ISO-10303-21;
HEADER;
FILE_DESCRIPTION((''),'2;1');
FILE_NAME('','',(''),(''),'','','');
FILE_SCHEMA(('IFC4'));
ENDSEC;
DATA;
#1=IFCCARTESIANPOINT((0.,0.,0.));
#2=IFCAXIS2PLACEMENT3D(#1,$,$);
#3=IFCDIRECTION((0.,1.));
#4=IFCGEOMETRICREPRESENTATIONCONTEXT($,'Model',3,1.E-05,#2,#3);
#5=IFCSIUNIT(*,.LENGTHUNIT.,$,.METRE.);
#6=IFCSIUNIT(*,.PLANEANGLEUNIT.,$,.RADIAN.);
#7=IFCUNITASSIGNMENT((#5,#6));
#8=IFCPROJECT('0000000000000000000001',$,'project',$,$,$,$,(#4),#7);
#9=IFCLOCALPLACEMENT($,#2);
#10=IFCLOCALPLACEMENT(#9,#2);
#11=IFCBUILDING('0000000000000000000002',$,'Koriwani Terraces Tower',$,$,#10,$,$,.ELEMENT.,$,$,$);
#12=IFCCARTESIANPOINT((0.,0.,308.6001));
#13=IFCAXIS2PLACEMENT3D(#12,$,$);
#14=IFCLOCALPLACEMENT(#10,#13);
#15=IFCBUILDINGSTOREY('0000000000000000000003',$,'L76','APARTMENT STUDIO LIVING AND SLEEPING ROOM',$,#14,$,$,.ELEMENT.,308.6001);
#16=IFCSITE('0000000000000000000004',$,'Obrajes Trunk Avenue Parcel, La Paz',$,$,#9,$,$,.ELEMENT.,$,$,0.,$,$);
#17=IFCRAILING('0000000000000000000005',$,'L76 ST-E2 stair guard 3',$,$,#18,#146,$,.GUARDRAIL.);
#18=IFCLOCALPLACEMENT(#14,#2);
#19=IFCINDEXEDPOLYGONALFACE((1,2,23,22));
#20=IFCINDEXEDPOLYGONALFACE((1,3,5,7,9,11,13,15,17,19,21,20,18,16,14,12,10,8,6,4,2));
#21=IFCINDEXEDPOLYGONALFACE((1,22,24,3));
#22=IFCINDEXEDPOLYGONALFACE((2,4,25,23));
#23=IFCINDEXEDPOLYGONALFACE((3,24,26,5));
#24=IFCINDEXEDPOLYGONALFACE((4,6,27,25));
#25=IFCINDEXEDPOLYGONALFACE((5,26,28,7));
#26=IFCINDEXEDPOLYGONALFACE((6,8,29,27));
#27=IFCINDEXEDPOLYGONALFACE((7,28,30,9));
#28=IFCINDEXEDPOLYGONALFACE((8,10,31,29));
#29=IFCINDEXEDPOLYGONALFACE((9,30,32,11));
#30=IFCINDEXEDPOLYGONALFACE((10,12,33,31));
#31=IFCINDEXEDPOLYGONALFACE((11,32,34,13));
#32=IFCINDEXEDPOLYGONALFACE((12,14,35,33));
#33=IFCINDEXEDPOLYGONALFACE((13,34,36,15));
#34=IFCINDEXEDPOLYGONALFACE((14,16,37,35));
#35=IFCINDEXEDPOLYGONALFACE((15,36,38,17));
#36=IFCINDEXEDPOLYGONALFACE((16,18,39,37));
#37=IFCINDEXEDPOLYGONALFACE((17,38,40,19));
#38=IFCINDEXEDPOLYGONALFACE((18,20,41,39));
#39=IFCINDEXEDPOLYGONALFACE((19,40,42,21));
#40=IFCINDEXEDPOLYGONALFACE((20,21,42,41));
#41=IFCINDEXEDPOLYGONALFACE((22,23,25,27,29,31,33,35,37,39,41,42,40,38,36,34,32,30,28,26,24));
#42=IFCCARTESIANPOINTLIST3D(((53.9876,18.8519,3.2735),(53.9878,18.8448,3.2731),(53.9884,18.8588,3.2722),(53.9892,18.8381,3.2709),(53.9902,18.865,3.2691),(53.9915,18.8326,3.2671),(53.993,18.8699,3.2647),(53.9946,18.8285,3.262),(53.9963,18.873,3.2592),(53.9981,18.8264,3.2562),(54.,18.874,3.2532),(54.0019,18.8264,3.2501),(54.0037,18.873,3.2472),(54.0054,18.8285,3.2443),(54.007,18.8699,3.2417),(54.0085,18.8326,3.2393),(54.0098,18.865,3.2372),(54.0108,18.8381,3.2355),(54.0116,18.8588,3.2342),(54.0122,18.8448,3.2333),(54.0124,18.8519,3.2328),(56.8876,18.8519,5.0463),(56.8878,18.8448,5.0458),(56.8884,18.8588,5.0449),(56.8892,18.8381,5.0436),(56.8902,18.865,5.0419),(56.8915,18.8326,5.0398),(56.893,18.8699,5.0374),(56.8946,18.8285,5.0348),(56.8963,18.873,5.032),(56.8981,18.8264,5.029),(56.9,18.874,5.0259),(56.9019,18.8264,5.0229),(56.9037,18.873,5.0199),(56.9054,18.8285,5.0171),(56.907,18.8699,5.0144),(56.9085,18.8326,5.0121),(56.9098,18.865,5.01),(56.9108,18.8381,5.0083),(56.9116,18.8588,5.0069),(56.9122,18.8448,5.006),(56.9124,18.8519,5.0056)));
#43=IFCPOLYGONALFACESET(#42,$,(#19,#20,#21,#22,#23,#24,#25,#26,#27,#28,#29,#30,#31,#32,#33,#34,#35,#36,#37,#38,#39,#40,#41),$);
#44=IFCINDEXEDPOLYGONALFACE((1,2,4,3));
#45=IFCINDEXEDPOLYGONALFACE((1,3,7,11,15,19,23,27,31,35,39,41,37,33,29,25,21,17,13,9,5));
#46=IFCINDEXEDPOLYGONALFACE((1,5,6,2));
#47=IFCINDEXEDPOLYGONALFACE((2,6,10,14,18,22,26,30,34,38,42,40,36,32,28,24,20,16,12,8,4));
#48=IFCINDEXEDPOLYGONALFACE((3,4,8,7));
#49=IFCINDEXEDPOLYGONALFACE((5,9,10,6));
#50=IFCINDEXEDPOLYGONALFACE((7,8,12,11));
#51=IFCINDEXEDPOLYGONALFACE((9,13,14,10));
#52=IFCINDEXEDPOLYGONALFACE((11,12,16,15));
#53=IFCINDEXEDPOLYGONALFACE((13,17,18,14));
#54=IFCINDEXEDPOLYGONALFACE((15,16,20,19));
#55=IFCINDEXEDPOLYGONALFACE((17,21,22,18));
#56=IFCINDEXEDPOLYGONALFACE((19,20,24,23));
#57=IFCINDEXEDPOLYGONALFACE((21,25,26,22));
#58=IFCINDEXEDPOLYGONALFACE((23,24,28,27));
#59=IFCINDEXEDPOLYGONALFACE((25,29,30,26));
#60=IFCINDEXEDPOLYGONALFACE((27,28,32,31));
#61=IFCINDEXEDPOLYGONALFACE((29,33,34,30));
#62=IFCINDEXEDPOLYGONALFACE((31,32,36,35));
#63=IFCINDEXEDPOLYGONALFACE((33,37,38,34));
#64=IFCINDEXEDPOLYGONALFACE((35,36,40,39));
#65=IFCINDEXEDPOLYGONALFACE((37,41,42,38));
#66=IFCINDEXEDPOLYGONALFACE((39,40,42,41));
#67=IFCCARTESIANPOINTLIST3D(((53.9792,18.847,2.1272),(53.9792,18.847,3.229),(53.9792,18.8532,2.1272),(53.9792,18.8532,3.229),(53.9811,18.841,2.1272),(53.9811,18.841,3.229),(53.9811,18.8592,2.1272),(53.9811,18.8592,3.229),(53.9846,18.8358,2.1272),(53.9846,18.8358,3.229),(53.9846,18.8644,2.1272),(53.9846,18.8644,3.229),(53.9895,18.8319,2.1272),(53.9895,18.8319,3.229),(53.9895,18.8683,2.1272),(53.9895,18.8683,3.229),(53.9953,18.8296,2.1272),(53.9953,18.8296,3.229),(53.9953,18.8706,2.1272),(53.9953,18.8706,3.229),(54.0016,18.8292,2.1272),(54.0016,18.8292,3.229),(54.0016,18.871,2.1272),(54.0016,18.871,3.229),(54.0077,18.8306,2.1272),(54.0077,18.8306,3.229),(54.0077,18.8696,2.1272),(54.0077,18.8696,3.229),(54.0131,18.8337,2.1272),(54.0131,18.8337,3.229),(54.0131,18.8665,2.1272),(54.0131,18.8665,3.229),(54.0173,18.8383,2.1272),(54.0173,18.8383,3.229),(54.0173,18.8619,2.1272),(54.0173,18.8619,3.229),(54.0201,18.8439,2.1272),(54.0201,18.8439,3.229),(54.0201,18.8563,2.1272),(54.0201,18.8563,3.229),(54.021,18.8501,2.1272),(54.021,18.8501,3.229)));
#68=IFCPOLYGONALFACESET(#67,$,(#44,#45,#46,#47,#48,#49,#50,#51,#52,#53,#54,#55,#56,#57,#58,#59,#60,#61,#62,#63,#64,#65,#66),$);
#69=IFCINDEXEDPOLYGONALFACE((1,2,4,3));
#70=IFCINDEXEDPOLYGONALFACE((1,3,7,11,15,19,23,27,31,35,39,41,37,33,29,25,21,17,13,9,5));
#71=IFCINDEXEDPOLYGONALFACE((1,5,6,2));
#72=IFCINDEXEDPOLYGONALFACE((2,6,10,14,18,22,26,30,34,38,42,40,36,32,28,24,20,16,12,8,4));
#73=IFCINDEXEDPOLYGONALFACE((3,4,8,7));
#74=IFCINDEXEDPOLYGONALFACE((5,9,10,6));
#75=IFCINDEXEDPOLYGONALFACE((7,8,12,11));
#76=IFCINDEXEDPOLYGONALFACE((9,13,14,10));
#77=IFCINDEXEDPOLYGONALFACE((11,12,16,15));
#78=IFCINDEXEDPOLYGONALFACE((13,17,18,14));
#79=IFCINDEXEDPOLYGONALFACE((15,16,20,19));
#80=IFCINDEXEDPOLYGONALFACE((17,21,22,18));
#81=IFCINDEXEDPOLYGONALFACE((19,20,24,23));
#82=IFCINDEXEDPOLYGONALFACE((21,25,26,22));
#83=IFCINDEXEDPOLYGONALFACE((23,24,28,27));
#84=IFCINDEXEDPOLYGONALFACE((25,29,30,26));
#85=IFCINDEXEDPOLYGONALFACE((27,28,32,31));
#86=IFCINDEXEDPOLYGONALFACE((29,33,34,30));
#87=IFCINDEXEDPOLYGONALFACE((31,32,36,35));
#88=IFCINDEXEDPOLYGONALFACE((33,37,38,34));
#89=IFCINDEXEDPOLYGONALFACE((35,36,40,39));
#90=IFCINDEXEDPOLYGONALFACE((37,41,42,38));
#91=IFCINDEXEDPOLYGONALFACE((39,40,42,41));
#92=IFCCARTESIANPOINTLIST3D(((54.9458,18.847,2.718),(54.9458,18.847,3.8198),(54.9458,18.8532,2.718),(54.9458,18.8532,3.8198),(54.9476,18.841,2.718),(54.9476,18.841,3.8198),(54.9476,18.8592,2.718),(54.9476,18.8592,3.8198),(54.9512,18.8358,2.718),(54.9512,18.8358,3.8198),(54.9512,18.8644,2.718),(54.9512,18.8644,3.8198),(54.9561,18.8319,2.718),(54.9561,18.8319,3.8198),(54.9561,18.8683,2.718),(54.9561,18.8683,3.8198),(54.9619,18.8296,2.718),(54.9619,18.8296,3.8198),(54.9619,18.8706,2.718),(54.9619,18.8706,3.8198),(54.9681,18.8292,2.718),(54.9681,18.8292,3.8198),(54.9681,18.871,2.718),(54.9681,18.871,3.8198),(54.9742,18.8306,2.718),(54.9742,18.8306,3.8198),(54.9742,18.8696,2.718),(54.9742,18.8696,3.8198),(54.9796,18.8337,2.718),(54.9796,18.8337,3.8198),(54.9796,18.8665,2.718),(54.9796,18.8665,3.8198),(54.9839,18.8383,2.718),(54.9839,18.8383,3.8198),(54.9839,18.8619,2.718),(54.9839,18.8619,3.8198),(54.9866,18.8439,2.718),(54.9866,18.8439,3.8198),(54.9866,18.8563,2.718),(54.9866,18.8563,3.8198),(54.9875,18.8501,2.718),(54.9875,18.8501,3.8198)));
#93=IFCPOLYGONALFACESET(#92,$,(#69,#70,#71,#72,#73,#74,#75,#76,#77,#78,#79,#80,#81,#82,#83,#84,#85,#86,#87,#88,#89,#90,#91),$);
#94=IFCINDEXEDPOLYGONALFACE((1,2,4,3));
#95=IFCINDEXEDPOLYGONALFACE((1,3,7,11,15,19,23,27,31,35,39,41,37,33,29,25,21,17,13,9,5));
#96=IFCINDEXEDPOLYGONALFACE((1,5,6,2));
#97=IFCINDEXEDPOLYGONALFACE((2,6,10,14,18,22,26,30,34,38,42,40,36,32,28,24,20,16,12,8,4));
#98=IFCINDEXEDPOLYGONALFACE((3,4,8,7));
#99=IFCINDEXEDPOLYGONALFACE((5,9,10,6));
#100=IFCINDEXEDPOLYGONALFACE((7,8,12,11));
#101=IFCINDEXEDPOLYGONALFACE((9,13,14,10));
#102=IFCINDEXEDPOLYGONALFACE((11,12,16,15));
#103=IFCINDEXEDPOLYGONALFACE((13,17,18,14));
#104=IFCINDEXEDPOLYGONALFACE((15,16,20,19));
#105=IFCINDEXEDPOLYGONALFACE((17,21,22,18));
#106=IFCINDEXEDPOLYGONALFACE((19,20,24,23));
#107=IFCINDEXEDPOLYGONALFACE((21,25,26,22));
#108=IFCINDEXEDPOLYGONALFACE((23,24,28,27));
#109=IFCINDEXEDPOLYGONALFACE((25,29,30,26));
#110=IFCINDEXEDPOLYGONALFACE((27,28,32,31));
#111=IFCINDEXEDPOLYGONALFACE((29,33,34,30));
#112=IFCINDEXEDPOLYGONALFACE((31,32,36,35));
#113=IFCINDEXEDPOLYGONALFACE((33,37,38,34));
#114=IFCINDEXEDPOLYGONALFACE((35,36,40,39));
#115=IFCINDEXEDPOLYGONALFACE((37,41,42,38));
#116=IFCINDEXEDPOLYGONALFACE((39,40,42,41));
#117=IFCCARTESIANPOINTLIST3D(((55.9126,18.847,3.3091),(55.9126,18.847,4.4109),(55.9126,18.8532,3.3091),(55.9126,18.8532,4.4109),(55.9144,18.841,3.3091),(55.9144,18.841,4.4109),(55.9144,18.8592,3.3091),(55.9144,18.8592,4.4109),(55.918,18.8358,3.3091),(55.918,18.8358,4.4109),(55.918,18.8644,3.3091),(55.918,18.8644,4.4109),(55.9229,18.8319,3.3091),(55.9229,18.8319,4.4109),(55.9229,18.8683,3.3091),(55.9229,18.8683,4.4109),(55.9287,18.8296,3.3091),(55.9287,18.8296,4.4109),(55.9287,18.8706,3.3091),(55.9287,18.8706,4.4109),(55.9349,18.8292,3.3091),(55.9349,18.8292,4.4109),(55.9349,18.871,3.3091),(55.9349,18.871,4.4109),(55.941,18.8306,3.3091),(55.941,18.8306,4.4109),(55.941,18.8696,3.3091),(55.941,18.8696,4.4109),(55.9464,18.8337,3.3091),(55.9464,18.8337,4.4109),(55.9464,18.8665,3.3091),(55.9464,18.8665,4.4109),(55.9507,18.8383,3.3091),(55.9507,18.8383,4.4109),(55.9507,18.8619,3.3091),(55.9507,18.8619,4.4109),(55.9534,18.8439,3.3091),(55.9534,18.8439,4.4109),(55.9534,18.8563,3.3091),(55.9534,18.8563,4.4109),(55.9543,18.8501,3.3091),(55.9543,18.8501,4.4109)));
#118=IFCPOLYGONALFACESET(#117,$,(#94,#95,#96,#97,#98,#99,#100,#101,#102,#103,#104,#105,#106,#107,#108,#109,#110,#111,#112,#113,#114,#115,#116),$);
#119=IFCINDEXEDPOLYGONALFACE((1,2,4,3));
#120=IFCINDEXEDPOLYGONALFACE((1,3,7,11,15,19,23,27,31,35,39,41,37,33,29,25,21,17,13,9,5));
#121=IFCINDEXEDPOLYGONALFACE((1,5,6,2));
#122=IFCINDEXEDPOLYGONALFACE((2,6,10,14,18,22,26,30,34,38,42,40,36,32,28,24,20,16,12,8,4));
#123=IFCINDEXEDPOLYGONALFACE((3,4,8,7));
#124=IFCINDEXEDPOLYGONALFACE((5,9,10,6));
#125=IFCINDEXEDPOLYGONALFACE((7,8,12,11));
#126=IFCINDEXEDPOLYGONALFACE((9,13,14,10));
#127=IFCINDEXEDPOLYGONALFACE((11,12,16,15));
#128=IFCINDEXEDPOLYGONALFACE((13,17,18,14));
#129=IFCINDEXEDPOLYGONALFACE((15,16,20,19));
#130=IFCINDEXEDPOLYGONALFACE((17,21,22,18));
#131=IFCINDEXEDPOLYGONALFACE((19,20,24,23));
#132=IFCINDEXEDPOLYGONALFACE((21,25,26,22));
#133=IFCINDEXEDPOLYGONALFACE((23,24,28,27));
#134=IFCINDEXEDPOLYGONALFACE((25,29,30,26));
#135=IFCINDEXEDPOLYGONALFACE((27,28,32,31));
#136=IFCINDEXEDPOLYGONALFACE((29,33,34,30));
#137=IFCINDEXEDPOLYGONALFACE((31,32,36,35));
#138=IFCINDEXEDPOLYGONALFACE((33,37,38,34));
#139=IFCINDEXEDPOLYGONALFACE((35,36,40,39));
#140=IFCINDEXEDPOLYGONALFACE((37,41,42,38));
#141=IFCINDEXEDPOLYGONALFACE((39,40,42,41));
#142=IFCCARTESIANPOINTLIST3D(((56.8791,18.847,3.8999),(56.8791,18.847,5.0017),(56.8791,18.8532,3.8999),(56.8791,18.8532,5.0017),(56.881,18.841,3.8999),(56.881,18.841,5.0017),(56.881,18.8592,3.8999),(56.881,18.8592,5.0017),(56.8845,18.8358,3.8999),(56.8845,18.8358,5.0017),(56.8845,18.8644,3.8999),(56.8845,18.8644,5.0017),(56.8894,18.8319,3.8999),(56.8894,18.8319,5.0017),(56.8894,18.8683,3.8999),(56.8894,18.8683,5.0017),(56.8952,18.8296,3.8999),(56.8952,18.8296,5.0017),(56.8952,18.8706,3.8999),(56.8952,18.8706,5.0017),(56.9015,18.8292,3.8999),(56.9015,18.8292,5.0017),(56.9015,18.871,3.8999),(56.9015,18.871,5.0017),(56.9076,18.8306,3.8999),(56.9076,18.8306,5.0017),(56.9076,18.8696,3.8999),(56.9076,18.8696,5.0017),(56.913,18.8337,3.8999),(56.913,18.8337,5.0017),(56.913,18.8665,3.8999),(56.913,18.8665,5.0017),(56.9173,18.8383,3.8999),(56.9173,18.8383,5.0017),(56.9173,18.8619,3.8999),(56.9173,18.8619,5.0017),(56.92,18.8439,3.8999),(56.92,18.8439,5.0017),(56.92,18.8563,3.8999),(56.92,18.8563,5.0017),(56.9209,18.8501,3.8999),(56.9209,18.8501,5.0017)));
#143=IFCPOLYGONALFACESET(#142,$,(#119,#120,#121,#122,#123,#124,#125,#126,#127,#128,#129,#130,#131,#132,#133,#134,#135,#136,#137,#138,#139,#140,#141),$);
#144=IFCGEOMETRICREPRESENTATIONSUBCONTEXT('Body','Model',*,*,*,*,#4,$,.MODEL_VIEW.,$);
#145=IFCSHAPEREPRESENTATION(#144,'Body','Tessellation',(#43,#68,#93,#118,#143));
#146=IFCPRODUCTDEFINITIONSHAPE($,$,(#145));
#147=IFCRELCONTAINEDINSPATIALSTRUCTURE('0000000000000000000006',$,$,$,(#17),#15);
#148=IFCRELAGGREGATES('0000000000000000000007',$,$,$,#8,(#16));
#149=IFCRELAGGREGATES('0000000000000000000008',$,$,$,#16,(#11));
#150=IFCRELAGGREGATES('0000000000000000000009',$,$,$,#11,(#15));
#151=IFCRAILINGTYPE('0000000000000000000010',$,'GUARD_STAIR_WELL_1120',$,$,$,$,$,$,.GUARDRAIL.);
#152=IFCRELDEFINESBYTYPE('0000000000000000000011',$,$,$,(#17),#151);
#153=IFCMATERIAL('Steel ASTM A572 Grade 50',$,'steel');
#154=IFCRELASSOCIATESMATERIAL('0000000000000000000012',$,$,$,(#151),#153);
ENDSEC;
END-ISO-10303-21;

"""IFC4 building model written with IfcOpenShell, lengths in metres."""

from ifc_helpers import new_model, si_unit, direction, frame, origin, origin_2d, place, context, subcontext, project, spatial, circle, extrude, material, type_object, element, save


model = new_model("IFC4")

# Units and contexts
model_context = context("Model", 3, precision=1e-05, world=origin(), true_north=direction((0.0, 1.0)))
body_context = subcontext(model_context, "Body", "Model", "MODEL_VIEW")
ifc_project = project(units=[si_unit("LENGTHUNIT", "METRE"), si_unit("PLANEANGLEUNIT", "RADIAN")], contexts=[model_context])

# Site, building, storey
site_placement = place(None, origin())
site = spatial("IfcSite", under=ifc_project, at=site_placement, Name="Obrajes Trunk Avenue Parcel, La Paz", CompositionType="ELEMENT", RefElevation=0.0)
building_placement = place(site_placement, origin())
building = spatial("IfcBuilding", under=site, at=building_placement, Name="Koriwani Terraces Tower", CompositionType="ELEMENT")
storey_placement = place(building_placement, frame((0.0, 0.0, 308.6001)))
storey = spatial("IfcBuildingStorey", under=building, at=storey_placement, Name="L76", Description="APARTMENT STUDIO LIVING AND SLEEPING ROOM", CompositionType="ELEMENT", Elevation=308.6001)

# Shared definitions
ifc_material_1 = material(Name="Steel ASTM A572 Grade 50", Category="steel")

# Railing
railing_type_1 = type_object("IfcRailingType", Name="GUARD_STAIR_WELL_1120", PredefinedType="GUARDRAIL", material=ifc_material_1)
railing_1_placement = place(storey_placement, frame((54.0, 18.8501, 2.1272)))
element("IfcRailing", 1, at=railing_1_placement, inside=storey, type_object=railing_type_1, Name="L76 ST-E2 stair guard 3", PredefinedType="GUARDRAIL", context=body_context, shape_type="SweptSolid", body=[
    extrude(circle(Radius=0.0239, at=origin_2d()), frame((0.0, 0.0, 1.126), z_axis=(0.853211, 0.0, 0.521566), x_axis=(0.0, 1.0, 0.0)), (0.0, 0.0, 1.0), 3.3989),
    extrude(circle(Radius=0.021, at=origin_2d()), origin(), (0.0, 0.0, 1.0), 1.1018),
    extrude(circle(Radius=0.021, at=origin_2d()), frame((0.9666, 0.0, 0.5908)), (0.0, 0.0, 1.0), 1.1018),
    extrude(circle(Radius=0.021, at=origin_2d()), frame((1.9333, 0.0, 1.1819)), (0.0, 0.0, 1.0), 1.1018),
    extrude(circle(Radius=0.021, at=origin_2d()), frame((2.8999, 0.0, 1.7727)), (0.0, 0.0, 1.0), 1.1018),
])

save(model, "model.ifc")
